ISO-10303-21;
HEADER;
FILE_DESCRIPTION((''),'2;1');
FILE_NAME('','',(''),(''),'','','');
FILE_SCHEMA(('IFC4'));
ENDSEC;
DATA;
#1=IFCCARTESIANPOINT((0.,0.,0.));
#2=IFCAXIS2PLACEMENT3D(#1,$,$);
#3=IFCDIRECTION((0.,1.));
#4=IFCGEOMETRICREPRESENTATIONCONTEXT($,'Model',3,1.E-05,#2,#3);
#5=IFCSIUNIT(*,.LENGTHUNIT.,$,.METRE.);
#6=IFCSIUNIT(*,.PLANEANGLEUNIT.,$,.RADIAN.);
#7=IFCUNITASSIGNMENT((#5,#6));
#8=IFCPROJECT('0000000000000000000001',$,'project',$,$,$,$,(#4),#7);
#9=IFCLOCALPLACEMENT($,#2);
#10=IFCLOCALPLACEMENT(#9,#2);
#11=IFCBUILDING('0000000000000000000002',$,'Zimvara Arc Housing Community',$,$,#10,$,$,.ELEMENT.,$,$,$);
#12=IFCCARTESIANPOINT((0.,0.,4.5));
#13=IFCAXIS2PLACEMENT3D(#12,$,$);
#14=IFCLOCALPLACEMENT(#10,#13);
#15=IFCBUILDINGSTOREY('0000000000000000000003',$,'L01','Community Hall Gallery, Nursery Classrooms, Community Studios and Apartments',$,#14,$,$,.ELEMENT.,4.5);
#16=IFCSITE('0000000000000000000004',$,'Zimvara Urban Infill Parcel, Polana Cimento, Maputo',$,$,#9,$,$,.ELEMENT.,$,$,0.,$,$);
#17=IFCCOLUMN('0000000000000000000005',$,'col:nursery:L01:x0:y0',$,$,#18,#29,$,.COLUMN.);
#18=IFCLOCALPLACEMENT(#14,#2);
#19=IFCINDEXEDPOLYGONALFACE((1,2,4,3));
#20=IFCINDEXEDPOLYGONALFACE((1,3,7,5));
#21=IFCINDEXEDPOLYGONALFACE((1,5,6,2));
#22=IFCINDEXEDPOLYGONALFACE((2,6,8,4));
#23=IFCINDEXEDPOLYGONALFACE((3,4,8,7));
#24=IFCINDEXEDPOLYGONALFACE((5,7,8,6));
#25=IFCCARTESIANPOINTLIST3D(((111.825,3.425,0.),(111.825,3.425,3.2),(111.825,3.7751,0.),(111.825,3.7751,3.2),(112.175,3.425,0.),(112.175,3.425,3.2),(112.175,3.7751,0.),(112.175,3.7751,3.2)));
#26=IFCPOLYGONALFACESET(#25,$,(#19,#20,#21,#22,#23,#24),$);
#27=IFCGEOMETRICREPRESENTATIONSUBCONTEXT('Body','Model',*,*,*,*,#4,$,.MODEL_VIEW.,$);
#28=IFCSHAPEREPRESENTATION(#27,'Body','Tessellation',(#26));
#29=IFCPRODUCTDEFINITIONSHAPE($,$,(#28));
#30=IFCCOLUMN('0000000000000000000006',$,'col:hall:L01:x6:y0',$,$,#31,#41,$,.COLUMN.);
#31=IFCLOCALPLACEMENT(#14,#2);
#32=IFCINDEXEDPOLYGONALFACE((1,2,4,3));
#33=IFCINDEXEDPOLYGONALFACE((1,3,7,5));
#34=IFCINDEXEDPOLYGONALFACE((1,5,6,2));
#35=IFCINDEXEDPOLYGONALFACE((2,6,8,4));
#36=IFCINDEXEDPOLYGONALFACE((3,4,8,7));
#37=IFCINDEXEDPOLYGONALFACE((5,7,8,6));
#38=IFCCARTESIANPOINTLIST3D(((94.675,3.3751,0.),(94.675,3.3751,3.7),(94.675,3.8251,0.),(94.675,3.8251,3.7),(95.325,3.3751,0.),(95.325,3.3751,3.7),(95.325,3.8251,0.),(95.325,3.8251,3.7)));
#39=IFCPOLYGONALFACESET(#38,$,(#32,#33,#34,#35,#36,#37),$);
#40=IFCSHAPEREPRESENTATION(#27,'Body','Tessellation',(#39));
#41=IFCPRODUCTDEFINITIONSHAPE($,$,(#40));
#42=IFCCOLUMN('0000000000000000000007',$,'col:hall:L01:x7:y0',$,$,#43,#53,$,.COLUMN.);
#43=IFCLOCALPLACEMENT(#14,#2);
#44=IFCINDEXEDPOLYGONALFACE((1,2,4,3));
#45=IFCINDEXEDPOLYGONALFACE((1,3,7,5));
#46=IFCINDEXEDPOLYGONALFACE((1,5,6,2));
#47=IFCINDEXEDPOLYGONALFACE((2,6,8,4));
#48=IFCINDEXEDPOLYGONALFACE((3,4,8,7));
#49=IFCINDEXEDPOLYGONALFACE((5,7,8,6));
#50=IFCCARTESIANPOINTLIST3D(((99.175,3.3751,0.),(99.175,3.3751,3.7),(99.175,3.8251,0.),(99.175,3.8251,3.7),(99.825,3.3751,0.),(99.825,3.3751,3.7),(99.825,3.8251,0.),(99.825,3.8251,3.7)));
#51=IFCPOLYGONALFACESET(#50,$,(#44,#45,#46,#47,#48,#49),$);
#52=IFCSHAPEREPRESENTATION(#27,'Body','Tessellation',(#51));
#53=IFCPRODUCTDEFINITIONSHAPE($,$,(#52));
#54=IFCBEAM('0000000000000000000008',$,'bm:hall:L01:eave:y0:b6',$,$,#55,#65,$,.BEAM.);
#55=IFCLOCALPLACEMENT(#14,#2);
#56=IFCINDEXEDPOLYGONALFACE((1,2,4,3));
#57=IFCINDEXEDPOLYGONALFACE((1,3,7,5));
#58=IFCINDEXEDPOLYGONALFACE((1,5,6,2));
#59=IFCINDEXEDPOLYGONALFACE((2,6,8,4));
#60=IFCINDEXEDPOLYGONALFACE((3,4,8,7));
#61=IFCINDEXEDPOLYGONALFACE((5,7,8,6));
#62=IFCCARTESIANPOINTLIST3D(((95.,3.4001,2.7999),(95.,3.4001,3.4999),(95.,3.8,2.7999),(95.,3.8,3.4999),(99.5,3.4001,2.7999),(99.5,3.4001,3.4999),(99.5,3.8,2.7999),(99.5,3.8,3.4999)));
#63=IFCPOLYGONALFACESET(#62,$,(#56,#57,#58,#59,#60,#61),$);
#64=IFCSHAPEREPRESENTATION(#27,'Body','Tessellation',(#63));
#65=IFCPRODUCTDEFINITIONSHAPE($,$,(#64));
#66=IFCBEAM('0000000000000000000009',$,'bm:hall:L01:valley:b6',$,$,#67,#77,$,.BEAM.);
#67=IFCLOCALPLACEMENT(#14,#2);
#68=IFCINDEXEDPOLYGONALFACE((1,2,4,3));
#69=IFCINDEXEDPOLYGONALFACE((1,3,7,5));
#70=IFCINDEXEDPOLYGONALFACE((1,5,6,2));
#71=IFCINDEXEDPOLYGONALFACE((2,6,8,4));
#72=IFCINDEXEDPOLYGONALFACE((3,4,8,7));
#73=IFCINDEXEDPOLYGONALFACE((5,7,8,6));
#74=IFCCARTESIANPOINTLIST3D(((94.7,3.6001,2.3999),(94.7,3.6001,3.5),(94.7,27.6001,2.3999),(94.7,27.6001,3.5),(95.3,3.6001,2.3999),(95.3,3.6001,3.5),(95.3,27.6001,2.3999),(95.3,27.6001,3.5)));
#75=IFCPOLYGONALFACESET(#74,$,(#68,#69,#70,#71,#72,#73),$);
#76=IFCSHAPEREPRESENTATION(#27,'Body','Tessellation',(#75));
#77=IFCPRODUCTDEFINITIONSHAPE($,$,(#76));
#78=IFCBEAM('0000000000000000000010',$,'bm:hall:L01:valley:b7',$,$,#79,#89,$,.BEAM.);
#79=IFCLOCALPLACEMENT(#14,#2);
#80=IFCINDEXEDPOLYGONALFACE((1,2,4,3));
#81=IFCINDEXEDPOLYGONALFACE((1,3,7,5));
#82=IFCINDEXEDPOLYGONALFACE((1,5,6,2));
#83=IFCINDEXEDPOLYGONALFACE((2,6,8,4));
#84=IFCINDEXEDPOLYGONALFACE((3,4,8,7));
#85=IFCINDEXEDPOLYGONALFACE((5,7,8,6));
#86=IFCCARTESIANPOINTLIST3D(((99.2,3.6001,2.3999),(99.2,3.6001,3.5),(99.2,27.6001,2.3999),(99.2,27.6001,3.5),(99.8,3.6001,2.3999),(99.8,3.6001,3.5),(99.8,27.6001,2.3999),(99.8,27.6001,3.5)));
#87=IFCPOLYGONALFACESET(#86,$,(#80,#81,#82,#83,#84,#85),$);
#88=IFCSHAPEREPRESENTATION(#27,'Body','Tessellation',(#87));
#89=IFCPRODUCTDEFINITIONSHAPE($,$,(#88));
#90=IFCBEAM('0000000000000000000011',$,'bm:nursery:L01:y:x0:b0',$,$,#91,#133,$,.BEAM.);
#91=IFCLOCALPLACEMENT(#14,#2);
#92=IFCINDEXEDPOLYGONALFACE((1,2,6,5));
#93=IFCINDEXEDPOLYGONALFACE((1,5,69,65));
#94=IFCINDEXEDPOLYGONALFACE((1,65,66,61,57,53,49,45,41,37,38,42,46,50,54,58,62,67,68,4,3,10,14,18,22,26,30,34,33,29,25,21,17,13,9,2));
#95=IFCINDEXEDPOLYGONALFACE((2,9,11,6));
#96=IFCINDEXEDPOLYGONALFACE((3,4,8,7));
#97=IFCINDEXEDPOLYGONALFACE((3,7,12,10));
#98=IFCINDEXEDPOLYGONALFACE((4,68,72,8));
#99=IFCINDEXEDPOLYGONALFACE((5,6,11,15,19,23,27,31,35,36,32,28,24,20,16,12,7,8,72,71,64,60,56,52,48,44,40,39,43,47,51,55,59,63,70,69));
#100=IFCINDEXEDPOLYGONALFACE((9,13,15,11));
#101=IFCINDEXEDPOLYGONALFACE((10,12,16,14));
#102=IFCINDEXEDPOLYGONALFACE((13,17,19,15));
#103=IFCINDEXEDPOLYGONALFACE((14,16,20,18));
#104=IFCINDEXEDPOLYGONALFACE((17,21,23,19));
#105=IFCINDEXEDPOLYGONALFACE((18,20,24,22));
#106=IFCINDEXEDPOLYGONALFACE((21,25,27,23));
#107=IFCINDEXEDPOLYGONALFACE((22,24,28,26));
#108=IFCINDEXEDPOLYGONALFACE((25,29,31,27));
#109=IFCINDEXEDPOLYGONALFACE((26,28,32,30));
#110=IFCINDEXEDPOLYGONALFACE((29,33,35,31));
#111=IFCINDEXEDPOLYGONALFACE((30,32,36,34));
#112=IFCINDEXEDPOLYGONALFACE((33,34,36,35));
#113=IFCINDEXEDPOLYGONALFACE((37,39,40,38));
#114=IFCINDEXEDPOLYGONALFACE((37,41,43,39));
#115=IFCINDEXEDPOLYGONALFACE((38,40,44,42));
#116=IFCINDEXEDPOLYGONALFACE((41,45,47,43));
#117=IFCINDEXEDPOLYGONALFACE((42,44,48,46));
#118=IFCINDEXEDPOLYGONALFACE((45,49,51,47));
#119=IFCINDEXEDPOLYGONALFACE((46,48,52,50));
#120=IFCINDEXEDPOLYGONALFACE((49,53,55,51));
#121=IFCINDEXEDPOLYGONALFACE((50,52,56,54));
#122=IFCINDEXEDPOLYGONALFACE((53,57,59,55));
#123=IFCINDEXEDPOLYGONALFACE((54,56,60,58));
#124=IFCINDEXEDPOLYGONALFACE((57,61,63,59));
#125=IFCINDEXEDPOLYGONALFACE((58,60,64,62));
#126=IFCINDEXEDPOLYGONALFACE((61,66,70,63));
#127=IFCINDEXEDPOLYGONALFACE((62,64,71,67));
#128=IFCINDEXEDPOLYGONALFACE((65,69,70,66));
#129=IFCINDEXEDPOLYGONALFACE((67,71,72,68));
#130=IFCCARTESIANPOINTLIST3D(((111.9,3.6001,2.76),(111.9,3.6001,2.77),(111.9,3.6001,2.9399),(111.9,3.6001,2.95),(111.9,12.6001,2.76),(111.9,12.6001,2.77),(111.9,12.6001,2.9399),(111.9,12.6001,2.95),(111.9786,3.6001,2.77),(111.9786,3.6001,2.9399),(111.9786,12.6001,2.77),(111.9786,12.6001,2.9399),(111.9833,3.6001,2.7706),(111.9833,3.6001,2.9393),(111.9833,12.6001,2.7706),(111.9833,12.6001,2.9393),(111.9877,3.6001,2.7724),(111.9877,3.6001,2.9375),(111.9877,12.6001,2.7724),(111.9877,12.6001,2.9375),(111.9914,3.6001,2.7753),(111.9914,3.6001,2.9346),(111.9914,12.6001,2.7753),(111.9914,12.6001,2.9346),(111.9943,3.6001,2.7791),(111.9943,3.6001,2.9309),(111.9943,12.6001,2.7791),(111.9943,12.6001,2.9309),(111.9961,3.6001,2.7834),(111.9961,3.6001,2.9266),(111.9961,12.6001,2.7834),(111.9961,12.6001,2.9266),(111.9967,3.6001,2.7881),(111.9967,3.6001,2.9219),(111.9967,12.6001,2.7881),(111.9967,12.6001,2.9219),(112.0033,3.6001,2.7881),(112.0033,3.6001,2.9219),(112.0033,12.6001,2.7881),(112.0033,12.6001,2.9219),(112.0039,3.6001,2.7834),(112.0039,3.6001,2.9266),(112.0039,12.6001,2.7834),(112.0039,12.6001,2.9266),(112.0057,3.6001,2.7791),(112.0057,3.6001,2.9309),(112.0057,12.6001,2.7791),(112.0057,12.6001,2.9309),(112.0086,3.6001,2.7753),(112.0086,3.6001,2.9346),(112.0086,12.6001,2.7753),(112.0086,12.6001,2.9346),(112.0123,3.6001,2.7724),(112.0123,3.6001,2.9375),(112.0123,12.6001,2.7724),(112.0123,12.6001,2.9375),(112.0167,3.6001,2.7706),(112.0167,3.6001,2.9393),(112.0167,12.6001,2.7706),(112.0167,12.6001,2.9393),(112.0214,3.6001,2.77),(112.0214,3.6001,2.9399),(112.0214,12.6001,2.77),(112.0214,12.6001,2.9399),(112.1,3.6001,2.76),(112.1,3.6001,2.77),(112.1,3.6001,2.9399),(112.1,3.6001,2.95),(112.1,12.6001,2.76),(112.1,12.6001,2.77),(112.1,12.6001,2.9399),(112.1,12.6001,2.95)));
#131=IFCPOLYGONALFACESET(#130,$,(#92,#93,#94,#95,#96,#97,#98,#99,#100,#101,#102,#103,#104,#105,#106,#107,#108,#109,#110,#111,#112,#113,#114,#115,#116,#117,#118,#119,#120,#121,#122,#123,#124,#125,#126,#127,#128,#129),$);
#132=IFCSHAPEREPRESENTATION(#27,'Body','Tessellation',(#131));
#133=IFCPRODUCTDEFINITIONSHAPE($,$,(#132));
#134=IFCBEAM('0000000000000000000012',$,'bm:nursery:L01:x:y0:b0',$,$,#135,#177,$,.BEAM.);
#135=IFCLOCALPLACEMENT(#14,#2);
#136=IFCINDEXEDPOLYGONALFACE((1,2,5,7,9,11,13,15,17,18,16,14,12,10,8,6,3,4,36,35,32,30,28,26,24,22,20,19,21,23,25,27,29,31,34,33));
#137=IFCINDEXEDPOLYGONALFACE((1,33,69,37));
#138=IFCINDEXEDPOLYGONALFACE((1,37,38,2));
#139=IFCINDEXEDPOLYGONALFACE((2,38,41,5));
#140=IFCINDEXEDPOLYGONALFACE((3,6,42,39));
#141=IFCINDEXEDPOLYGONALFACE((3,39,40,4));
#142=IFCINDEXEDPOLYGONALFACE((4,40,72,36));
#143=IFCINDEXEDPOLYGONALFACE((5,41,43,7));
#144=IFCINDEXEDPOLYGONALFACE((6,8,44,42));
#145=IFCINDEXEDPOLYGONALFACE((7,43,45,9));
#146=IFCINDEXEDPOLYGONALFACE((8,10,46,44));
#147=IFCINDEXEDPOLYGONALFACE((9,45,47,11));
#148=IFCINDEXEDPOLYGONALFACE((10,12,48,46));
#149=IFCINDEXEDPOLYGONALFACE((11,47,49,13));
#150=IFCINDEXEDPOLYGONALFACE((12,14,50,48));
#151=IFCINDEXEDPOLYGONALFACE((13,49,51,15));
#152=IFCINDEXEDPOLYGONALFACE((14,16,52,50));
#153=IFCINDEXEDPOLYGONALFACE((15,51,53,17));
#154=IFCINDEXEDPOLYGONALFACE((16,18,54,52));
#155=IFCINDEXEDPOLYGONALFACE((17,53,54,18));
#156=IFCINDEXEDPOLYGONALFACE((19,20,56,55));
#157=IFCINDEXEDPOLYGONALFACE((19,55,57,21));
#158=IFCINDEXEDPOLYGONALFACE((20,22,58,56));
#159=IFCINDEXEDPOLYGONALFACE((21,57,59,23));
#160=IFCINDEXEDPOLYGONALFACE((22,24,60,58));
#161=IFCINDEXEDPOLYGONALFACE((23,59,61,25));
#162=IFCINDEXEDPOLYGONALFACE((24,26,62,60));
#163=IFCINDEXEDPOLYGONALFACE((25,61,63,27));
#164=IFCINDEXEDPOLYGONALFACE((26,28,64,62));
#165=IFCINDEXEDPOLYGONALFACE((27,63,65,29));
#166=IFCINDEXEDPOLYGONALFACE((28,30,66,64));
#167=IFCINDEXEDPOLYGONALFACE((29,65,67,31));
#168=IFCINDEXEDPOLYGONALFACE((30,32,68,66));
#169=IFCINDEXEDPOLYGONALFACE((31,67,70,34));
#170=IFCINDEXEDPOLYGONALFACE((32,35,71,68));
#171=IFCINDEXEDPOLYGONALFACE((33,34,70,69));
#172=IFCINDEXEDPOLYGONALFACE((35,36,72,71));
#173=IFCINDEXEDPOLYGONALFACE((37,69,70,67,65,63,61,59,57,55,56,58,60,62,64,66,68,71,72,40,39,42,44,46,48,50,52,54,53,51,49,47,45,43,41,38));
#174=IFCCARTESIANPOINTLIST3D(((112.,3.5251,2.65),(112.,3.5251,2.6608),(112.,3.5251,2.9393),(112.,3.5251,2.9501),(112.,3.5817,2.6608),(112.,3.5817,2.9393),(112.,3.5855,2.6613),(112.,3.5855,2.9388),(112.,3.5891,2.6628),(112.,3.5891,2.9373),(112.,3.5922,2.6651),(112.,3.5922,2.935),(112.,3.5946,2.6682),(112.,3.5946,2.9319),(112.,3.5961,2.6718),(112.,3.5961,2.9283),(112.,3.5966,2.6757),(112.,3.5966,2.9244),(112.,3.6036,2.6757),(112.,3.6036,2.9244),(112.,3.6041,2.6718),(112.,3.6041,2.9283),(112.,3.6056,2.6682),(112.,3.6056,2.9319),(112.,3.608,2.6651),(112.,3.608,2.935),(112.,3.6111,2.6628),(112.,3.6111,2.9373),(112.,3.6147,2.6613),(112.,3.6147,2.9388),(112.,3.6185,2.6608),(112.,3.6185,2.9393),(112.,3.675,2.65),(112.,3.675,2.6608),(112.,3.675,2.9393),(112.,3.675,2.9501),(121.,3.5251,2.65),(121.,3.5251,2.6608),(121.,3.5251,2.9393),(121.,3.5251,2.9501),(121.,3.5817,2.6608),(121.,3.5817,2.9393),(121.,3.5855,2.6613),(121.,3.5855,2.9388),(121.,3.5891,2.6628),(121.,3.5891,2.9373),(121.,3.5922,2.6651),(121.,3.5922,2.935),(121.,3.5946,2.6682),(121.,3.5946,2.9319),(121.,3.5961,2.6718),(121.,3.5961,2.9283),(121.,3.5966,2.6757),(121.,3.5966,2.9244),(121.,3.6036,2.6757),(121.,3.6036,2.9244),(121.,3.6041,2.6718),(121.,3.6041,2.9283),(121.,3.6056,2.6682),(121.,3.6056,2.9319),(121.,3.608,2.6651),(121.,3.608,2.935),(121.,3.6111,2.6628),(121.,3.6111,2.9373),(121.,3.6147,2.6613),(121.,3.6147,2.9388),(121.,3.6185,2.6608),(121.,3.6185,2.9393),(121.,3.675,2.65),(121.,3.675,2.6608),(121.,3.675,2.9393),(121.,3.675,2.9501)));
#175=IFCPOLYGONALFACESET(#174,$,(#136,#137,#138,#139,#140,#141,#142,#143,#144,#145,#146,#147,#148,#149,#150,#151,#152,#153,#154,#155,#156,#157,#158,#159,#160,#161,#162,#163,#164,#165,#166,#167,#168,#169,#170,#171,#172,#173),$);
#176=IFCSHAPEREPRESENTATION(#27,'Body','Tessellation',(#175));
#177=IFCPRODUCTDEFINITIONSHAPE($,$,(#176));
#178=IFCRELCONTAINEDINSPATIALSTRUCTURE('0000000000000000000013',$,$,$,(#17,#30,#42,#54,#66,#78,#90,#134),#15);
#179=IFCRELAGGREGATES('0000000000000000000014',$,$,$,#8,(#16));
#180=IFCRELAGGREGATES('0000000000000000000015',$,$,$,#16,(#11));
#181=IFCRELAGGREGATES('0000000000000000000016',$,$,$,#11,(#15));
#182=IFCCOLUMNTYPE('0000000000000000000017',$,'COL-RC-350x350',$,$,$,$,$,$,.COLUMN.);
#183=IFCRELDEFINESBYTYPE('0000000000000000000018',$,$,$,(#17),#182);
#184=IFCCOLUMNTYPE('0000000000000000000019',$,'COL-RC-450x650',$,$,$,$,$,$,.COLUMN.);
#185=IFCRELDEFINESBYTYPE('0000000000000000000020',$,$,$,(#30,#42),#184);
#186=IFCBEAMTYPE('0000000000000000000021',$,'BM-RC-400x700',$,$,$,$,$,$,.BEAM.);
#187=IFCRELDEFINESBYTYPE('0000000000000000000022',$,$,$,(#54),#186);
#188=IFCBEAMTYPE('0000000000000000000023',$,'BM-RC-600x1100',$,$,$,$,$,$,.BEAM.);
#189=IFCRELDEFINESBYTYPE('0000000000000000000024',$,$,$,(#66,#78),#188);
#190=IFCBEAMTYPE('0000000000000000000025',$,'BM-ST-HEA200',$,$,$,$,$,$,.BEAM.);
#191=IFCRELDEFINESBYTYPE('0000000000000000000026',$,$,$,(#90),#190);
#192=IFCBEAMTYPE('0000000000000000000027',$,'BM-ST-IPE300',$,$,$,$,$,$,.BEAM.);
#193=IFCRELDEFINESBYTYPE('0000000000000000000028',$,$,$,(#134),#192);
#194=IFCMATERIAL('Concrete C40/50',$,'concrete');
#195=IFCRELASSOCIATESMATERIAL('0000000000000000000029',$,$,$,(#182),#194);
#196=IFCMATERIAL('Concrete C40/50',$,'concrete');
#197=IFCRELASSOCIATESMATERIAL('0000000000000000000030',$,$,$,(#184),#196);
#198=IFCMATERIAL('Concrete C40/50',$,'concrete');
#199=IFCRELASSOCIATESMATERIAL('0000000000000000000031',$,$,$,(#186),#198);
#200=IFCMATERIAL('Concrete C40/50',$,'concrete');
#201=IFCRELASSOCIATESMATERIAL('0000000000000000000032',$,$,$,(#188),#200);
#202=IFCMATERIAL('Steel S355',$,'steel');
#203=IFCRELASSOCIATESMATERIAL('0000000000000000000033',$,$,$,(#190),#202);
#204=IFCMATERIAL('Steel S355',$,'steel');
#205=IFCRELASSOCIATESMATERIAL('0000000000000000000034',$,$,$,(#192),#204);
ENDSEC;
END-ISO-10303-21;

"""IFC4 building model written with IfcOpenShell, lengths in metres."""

from ifc_helpers import new_model, si_unit, direction, frame, origin, origin_2d, place, context, subcontext, project, spatial, rectangle, i_section, extrude, material, material_profile, profile_set, type_object, element, save


model = new_model("IFC4")

# Units and contexts
model_context = context("Model", 3, precision=1e-05, world=origin(), true_north=direction((0.0, 1.0)))
body_context = subcontext(model_context, "Body", "Model", "MODEL_VIEW")
ifc_project = project(units=[si_unit("LENGTHUNIT", "METRE"), si_unit("PLANEANGLEUNIT", "RADIAN")], contexts=[model_context])

# Site, building, storey
site_placement = place(None, origin())
site = spatial("IfcSite", under=ifc_project, at=site_placement, Name="Zimvara Urban Infill Parcel, Polana Cimento, Maputo", CompositionType="ELEMENT", RefElevation=0.0)
building_placement = place(site_placement, origin())
building = spatial("IfcBuilding", under=site, at=building_placement, Name="Zimvara Arc Housing Community", CompositionType="ELEMENT")
storey_placement = place(building_placement, frame((0.0, 0.0, 4.5)))
storey = spatial("IfcBuildingStorey", under=building, at=storey_placement, Name="L01", Description="Community Hall Gallery, Nursery Classrooms, Community Studios and Apartments", CompositionType="ELEMENT", Elevation=4.5)

# Columns
ifc_material_1 = material(Name="Concrete C40/50", Category="concrete")
ifc_material_profile_1 = material_profile(ifc_material_1, rectangle(XDim=0.3501, YDim=0.3501, at=origin_2d()), Name="RC 350x350")
ifc_profile_set_1 = profile_set([ifc_material_profile_1], Name="Concrete C40/50")
column_type_1 = type_object("IfcColumnType", Name="COL-RC-350x350", PredefinedType="COLUMN", material=ifc_profile_set_1)
column_placement = place(storey_placement, frame((112.0, 3.6001, 0.0), z_axis=(0.0, 0.0, 1.0), x_axis=(1.0, 0.0, 0.0)))
element("IfcColumn", 1, at=column_placement, inside=storey, type_object=column_type_1, Name="col:nursery:L01:x0:y0", PredefinedType="COLUMN", context=body_context, shape_type="SweptSolid", body=[
    extrude(rectangle(XDim=0.3501, YDim=0.3501, at=origin_2d()), origin(), (0.0, 0.0, 1.0), 3.2),
])
ifc_material_2 = material(Name="Concrete C40/50", Category="concrete")
ifc_material_profile_2 = material_profile(ifc_material_2, rectangle(XDim=0.45, YDim=0.6499, at=origin_2d()), Name="RC 450x650")
ifc_profile_set_2 = profile_set([ifc_material_profile_2], Name="Concrete C40/50")
column_type_2 = type_object("IfcColumnType", Name="COL-RC-450x650", PredefinedType="COLUMN", material=ifc_profile_set_2)
for number, where, z_axis, x_axis, name in (
    (2, (95.0, 3.6001, 0.0), (0.0, 0.0, 1.0), (0.0, 1.0, 0.0), "col:hall:L01:x6:y0"),
    (3, (99.5, 3.6001, 0.0), (0.0, 0.0, 1.0), (0.0, 1.0, 0.0), "col:hall:L01:x7:y0"),
):
    element("IfcColumn", number, at=place(storey_placement, frame(where, z_axis=z_axis, x_axis=x_axis)), inside=storey, type_object=column_type_2, Name=name, PredefinedType="COLUMN", context=body_context, shape_type="SweptSolid", body=[
        extrude(rectangle(XDim=0.45, YDim=0.6499, at=origin_2d()), origin(), (0.0, 0.0, 1.0), 3.7),
    ])

# Beams
ifc_material_3 = material(Name="Concrete C40/50", Category="concrete")
ifc_material_profile_3 = material_profile(ifc_material_3, rectangle(XDim=0.3999, YDim=0.7, at=origin_2d()), Name="RC 400x700")
ifc_profile_set_3 = profile_set([ifc_material_profile_3], Name="Concrete C40/50")
beam_type_1 = type_object("IfcBeamType", Name="BM-RC-400x700", PredefinedType="BEAM", material=ifc_profile_set_3)
beam_1_placement = place(storey_placement, frame((95.0, 3.6001, 3.1499), z_axis=(1.0, 0.0, 0.0), x_axis=(0.0, 1.0, 0.0)))
element("IfcBeam", 4, at=beam_1_placement, inside=storey, type_object=beam_type_1, Name="bm:hall:L01:eave:y0:b6", PredefinedType="BEAM", context=body_context, shape_type="SweptSolid", body=[
    extrude(rectangle(XDim=0.3999, YDim=0.7, at=origin_2d()), origin(), (0.0, 0.0, 1.0), 4.5),
])
ifc_material_4 = material(Name="Concrete C40/50", Category="concrete")
ifc_material_profile_4 = material_profile(ifc_material_4, rectangle(XDim=0.6001, YDim=1.1001, at=origin_2d()), Name="RC 600x1100")
ifc_profile_set_4 = profile_set([ifc_material_profile_4], Name="Concrete C40/50")
beam_type_2 = type_object("IfcBeamType", Name="BM-RC-600x1100", PredefinedType="BEAM", material=ifc_profile_set_4)
for number, where, z_axis, x_axis, name in (
    (5, (95.0, 3.6001, 2.95), (0.0, 1.0, 0.0), (-1.0, 0.0, 0.0), "bm:hall:L01:valley:b6"),
    (6, (99.5, 3.6001, 2.95), (0.0, 1.0, 0.0), (-1.0, 0.0, 0.0), "bm:hall:L01:valley:b7"),
):
    element("IfcBeam", number, at=place(storey_placement, frame(where, z_axis=z_axis, x_axis=x_axis)), inside=storey, type_object=beam_type_2, Name=name, PredefinedType="BEAM", context=body_context, shape_type="SweptSolid", body=[
        extrude(rectangle(XDim=0.6001, YDim=1.1001, at=origin_2d()), origin(), (0.0, 0.0, 1.0), 24.0),
    ])
ifc_material_5 = material(Name="Steel S355", Category="steel")
ifc_material_profile_5 = material_profile(ifc_material_5, i_section(OverallWidth=0.2, OverallDepth=0.1899, WebThickness=0.0066, FlangeThickness=0.01, FilletRadius=0.0181, at=origin_2d()), Name="HEA 200")
ifc_profile_set_5 = profile_set([ifc_material_profile_5], Name="Steel S355")
beam_type_3 = type_object("IfcBeamType", Name="BM-ST-HEA200", PredefinedType="BEAM", material=ifc_profile_set_5)
beam_2_placement = place(storey_placement, frame((112.0, 3.6001, 2.855), z_axis=(0.0, 1.0, 0.0), x_axis=(-1.0, 0.0, 0.0)))
element("IfcBeam", 7, at=beam_2_placement, inside=storey, type_object=beam_type_3, Name="bm:nursery:L01:y:x0:b0", PredefinedType="BEAM", context=body_context, shape_type="SweptSolid", body=[
    extrude(i_section(OverallWidth=0.2, OverallDepth=0.1899, WebThickness=0.0066, FlangeThickness=0.01, FilletRadius=0.0181, at=origin_2d()), origin(), (0.0, 0.0, 1.0), 9.0),
])
ifc_material_6 = material(Name="Steel S355", Category="steel")
ifc_material_profile_6 = material_profile(ifc_material_6, i_section(OverallWidth=0.1499, OverallDepth=0.3, WebThickness=0.0071, FlangeThickness=0.0107, FilletRadius=0.0149, at=origin_2d()), Name="IPE 300")
ifc_profile_set_6 = profile_set([ifc_material_profile_6], Name="Steel S355")
beam_type_4 = type_object("IfcBeamType", Name="BM-ST-IPE300", PredefinedType="BEAM", material=ifc_profile_set_6)
beam_3_placement = place(storey_placement, frame((112.0, 3.6001, 2.8), z_axis=(1.0, 0.0, 0.0), x_axis=(0.0, 1.0, 0.0)))
element("IfcBeam", 8, at=beam_3_placement, inside=storey, type_object=beam_type_4, Name="bm:nursery:L01:x:y0:b0", PredefinedType="BEAM", context=body_context, shape_type="SweptSolid", body=[
    extrude(i_section(OverallWidth=0.1499, OverallDepth=0.3, WebThickness=0.0071, FlangeThickness=0.0107, FilletRadius=0.0149, at=origin_2d()), origin(), (0.0, 0.0, 1.0), 9.0),
])

save(model, "model.ifc")
